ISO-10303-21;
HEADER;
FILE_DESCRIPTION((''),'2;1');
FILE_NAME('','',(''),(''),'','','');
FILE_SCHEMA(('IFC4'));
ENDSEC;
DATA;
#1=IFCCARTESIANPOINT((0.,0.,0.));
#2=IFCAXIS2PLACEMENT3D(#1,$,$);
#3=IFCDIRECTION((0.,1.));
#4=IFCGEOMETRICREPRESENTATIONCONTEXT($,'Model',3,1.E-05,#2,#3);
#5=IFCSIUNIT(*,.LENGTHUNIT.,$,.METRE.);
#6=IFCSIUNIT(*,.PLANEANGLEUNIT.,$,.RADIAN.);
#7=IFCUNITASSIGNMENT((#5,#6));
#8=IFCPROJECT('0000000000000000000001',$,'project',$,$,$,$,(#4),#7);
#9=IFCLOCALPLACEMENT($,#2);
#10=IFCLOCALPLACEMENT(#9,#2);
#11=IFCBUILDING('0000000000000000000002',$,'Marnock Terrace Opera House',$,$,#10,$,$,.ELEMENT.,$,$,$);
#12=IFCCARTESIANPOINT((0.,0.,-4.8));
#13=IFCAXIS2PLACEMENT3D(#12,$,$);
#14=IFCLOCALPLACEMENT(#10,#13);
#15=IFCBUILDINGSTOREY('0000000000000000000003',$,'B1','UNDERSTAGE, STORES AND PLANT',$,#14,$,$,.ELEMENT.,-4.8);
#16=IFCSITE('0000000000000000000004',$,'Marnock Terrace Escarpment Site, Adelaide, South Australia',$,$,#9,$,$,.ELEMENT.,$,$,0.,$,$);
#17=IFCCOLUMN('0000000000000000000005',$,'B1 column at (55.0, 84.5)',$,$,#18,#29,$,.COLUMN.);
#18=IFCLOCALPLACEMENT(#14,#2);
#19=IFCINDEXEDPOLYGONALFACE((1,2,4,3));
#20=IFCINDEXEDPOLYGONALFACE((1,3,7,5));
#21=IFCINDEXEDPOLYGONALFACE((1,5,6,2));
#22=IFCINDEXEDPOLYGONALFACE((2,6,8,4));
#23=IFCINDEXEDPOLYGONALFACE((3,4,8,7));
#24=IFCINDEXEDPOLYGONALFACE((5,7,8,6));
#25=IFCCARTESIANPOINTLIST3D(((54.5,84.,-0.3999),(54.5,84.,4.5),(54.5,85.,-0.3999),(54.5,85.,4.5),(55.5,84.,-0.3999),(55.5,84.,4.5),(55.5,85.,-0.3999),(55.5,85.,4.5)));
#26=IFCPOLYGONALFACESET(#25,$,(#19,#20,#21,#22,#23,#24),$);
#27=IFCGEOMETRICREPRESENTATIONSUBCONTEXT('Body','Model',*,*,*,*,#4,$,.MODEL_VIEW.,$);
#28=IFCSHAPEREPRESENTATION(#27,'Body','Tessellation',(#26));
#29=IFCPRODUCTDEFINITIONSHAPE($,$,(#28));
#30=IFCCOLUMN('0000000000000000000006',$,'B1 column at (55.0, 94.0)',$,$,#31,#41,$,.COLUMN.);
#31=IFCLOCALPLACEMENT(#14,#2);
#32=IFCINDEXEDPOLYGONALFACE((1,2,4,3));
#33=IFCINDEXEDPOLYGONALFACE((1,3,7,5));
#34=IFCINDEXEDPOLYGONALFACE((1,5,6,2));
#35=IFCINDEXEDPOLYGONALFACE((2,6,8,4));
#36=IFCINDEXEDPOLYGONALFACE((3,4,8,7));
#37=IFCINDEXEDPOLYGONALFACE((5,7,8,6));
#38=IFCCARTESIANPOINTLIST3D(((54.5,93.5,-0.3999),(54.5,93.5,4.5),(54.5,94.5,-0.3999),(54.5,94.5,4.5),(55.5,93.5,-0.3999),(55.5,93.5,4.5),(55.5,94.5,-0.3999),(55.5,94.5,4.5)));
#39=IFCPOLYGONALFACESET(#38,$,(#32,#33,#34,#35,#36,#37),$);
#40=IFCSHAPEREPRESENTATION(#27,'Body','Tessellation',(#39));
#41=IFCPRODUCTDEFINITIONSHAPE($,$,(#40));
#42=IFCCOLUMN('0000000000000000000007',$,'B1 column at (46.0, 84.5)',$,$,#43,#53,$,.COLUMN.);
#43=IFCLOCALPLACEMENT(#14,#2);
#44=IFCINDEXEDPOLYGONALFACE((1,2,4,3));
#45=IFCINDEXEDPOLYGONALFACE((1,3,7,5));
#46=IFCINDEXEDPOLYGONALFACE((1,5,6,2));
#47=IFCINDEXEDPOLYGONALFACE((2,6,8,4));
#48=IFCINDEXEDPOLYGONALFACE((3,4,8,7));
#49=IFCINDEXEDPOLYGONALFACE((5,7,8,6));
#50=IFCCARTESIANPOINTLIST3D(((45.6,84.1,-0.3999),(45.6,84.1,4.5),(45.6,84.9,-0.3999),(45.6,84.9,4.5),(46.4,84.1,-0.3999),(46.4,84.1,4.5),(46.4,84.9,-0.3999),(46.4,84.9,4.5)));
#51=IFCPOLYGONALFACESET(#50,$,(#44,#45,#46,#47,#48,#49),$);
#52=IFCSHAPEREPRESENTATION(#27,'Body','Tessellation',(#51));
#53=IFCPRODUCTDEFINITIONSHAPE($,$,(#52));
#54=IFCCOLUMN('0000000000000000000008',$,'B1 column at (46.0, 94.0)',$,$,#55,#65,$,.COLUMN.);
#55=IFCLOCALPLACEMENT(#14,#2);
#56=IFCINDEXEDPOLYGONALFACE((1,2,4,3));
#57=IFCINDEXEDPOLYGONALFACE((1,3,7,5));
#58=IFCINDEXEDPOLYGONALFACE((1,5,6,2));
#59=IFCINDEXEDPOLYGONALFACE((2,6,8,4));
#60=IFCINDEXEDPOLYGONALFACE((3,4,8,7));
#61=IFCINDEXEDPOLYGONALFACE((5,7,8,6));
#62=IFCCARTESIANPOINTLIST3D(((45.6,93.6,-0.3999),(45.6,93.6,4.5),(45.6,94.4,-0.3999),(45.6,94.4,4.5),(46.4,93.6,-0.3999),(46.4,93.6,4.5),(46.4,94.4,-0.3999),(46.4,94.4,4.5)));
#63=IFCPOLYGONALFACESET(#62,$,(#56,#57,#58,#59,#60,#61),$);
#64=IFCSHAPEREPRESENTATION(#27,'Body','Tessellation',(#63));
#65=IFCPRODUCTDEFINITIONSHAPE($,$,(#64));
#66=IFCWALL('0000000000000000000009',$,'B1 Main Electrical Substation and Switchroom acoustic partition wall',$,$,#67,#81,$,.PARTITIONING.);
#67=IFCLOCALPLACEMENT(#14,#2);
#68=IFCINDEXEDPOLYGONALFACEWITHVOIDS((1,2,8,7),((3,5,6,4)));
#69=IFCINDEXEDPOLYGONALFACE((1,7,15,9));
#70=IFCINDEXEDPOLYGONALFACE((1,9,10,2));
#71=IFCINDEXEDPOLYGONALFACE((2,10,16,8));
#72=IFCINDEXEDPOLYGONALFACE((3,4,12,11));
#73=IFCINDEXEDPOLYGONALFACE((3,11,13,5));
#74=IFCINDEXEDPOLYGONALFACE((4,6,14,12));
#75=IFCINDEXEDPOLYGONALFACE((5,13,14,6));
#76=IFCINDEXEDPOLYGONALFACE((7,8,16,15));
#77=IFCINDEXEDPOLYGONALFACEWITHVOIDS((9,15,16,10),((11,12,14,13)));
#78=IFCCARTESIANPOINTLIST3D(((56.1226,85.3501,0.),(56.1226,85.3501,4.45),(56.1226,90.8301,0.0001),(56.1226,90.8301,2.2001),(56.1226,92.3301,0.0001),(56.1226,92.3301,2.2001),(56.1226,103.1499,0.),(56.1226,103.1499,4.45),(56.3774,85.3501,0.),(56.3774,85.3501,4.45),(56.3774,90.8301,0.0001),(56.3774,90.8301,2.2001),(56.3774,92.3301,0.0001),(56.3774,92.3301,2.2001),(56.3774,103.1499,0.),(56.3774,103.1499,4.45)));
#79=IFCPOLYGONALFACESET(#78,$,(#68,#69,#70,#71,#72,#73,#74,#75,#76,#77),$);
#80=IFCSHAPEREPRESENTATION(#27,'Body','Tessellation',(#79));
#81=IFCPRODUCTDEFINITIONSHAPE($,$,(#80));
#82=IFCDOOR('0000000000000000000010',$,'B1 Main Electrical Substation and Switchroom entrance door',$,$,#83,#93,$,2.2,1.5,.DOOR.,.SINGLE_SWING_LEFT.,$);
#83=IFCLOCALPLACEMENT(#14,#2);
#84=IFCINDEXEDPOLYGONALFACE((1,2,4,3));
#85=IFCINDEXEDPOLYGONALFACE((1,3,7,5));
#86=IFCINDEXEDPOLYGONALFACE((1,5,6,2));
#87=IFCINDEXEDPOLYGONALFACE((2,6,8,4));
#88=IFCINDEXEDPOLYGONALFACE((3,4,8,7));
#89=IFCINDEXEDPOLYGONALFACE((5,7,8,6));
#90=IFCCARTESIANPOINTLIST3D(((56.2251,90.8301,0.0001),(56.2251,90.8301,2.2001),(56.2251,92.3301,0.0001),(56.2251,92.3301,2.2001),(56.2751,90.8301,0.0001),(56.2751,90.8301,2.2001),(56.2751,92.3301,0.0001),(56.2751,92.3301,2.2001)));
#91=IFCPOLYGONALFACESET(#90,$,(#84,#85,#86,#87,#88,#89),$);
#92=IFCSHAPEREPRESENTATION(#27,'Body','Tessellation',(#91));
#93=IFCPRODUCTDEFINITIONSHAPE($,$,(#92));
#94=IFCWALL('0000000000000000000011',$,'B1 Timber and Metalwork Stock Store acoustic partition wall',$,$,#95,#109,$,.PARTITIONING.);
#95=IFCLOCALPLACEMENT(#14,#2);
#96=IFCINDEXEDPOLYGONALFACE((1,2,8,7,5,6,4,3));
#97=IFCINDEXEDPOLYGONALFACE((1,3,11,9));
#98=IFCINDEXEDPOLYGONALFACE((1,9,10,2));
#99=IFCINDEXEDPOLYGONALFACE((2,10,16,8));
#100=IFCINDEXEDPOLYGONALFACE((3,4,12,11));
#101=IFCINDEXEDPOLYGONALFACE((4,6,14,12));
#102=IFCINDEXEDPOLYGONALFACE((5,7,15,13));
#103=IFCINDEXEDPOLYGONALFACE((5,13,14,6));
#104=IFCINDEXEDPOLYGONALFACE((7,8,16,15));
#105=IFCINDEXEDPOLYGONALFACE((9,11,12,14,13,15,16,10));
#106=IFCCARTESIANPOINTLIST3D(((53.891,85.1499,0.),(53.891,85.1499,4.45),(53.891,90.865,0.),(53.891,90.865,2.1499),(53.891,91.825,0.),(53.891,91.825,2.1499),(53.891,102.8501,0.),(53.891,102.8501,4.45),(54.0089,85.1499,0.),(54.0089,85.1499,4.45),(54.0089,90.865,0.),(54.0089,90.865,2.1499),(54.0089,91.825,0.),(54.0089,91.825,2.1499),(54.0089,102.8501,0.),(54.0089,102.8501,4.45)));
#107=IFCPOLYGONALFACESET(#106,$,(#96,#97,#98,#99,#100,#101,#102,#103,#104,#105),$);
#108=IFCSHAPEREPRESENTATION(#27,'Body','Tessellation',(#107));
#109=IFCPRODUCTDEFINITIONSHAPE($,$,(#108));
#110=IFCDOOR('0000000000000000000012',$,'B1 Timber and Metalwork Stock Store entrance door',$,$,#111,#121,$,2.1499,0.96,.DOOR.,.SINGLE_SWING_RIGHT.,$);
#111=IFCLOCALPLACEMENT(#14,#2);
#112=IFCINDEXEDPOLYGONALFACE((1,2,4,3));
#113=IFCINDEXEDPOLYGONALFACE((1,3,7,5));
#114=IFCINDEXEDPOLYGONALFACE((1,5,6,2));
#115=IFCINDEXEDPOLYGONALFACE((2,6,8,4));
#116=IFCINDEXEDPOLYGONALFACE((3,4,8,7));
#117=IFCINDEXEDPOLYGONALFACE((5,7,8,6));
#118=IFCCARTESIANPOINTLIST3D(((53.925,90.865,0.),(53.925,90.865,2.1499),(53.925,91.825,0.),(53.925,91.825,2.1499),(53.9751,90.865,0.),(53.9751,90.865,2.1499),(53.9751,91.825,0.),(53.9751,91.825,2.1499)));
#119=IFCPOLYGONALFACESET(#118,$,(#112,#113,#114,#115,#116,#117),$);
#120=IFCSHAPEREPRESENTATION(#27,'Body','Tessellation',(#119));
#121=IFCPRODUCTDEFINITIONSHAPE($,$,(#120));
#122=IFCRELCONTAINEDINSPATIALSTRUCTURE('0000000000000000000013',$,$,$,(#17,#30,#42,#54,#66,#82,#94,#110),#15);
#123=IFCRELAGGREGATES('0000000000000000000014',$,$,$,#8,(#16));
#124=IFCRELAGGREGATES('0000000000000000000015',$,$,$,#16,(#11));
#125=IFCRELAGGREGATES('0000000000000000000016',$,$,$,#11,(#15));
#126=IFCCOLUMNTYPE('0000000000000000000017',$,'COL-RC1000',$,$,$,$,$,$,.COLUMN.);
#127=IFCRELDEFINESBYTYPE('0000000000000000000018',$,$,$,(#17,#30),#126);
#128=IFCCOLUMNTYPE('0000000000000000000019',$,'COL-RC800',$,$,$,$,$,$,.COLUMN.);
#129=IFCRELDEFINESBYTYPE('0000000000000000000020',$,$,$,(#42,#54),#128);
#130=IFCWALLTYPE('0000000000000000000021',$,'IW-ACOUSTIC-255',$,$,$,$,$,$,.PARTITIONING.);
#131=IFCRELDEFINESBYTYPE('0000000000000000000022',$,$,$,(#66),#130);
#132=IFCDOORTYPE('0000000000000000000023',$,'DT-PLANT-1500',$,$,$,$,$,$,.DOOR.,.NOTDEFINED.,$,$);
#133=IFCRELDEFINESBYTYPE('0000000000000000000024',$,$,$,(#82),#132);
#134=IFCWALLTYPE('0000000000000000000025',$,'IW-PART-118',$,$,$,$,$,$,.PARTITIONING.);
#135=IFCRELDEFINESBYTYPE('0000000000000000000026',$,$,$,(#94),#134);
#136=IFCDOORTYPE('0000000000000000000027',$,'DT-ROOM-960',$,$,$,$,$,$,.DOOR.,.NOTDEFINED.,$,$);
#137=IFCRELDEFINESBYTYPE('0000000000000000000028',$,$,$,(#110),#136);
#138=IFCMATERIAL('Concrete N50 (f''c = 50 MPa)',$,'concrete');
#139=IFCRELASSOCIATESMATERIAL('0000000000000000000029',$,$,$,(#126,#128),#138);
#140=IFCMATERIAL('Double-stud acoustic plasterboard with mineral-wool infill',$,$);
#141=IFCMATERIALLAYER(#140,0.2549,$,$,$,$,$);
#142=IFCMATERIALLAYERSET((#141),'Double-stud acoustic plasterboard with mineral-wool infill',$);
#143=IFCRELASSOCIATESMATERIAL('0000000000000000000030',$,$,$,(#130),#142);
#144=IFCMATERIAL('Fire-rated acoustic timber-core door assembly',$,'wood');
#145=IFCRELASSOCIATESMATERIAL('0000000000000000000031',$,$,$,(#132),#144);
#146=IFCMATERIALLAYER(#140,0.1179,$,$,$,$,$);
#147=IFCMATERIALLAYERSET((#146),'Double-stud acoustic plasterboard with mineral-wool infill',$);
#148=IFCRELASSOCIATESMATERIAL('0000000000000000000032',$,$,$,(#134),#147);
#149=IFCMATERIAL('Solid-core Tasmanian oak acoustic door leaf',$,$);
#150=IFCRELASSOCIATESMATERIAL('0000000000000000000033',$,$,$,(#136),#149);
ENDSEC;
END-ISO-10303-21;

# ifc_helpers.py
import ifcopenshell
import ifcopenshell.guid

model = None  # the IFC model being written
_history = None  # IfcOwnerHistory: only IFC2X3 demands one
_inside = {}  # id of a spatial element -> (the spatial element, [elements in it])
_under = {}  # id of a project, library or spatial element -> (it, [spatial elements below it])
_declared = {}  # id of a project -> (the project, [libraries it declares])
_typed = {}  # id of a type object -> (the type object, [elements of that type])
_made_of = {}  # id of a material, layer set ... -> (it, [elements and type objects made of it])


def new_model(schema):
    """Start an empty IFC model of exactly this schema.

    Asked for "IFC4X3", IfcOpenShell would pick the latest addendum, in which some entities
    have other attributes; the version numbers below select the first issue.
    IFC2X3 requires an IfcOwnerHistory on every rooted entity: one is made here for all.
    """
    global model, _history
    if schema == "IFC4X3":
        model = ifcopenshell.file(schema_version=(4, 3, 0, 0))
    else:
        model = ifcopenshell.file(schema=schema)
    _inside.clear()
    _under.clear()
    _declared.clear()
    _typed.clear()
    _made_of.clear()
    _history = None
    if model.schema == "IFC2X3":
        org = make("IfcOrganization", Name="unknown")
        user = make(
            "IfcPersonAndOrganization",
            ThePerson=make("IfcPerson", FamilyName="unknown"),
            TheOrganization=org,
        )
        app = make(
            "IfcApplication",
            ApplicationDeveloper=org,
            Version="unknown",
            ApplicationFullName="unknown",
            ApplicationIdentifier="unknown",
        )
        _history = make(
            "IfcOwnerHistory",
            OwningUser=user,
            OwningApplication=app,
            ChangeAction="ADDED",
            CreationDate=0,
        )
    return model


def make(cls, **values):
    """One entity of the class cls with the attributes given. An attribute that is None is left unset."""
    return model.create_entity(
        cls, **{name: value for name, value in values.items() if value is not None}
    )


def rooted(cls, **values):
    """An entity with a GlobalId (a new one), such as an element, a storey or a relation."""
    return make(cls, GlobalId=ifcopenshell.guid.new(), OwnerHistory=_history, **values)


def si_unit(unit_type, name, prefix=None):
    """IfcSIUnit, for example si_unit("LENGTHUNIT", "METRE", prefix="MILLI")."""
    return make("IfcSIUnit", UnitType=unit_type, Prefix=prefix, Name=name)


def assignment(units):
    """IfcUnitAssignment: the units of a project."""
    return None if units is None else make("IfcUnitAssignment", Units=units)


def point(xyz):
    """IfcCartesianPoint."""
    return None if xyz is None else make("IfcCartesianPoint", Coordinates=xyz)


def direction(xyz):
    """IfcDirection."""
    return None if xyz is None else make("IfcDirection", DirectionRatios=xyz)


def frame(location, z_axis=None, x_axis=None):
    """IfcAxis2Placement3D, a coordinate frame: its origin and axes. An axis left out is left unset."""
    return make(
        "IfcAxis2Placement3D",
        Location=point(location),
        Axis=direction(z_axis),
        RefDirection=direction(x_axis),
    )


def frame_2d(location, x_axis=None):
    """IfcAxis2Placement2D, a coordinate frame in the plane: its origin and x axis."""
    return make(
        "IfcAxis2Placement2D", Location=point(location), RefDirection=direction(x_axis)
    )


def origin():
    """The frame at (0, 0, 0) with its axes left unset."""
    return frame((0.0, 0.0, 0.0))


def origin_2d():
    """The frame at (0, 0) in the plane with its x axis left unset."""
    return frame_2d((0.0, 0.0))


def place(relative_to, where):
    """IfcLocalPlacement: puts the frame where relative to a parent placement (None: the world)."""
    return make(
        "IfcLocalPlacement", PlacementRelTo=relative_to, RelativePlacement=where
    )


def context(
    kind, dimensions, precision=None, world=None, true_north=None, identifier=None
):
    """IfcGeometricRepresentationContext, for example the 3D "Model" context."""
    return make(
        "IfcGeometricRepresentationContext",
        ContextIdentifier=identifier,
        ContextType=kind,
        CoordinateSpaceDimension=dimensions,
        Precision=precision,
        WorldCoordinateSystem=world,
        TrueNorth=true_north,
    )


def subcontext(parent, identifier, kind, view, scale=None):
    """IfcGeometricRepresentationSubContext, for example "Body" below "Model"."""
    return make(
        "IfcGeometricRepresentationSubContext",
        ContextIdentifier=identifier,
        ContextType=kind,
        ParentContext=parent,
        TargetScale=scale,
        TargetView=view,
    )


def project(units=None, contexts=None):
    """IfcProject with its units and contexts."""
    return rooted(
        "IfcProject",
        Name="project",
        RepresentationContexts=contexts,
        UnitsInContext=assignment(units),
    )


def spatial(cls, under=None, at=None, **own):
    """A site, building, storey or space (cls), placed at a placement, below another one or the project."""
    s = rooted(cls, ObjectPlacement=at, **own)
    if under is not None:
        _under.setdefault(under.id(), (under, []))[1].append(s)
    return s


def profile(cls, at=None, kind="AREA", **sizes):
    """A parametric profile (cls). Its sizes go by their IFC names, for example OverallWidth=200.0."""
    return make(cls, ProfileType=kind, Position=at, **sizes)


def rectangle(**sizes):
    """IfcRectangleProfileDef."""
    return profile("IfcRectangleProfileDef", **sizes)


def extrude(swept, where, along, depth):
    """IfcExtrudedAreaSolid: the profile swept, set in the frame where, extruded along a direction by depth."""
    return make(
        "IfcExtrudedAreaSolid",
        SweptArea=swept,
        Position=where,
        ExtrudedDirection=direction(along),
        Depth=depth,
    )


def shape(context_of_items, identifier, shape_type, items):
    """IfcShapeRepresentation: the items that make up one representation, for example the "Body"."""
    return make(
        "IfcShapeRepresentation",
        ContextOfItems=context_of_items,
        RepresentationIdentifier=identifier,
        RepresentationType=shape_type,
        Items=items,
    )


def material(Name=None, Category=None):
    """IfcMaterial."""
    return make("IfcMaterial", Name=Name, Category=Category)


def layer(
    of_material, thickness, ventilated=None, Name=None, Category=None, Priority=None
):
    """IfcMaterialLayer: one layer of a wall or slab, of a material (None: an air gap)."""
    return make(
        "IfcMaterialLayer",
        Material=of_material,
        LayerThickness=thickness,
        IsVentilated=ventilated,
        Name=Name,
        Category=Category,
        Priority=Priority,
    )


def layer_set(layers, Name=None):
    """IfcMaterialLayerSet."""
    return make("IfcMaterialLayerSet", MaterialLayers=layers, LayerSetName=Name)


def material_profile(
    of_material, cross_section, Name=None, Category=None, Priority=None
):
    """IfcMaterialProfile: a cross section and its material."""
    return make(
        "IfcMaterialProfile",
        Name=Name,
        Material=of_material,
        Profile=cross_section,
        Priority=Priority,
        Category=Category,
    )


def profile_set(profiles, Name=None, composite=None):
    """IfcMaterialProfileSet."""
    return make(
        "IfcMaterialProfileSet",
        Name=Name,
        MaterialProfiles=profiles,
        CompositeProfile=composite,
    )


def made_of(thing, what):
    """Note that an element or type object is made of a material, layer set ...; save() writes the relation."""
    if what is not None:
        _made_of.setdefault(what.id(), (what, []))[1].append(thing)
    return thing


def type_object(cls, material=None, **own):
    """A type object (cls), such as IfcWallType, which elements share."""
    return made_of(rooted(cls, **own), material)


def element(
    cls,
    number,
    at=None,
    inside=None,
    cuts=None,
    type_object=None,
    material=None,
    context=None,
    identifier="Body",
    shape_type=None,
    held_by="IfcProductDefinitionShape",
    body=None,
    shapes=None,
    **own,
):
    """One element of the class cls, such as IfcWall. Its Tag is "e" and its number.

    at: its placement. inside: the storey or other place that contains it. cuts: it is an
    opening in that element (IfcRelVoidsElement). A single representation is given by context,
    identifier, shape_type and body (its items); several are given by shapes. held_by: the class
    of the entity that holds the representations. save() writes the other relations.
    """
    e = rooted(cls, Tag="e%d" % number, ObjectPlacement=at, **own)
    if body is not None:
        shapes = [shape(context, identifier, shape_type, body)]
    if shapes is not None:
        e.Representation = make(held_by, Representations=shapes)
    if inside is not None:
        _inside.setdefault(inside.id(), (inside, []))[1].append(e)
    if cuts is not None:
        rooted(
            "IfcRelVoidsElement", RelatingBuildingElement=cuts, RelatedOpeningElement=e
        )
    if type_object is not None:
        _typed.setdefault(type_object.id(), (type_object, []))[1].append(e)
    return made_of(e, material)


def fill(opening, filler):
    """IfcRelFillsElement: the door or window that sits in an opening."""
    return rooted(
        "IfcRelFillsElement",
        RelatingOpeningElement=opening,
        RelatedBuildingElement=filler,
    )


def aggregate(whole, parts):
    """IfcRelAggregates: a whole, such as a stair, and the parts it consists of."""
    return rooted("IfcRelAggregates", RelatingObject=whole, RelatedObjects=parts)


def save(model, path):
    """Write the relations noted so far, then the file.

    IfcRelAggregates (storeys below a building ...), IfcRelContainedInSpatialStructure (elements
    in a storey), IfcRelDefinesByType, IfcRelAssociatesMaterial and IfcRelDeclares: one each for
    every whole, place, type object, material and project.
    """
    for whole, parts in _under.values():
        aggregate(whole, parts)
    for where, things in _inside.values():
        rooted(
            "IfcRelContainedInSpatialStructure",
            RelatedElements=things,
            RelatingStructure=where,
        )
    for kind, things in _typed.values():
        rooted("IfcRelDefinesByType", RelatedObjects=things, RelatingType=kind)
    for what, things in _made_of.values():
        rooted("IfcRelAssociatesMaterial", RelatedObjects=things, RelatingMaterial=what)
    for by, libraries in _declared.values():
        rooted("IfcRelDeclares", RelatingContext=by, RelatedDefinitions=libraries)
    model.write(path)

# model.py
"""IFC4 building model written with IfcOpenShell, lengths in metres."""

from ifc_helpers import new_model, si_unit, direction, frame, frame_2d, origin, origin_2d, place, context, subcontext, project, spatial, rectangle, extrude, material, layer, layer_set, material_profile, profile_set, type_object, element, fill, save


model = new_model("IFC4")

# Units and contexts
model_context = context("Model", 3, precision=1e-05, world=origin(), true_north=direction((0.0, 1.0)))
body_context = subcontext(model_context, "Body", "Model", "MODEL_VIEW")
ifc_project = project(units=[si_unit("LENGTHUNIT", "METRE"), si_unit("PLANEANGLEUNIT", "RADIAN")], contexts=[model_context])

# Site, building, storey
site_placement = place(None, origin())
site = spatial("IfcSite", under=ifc_project, at=site_placement, Name="Marnock Terrace Escarpment Site, Adelaide, South Australia", CompositionType="ELEMENT", RefElevation=0.0)
building_placement = place(site_placement, origin())
building = spatial("IfcBuilding", under=site, at=building_placement, Name="Marnock Terrace Opera House", CompositionType="ELEMENT")
storey_placement = place(building_placement, frame((0.0, 0.0, -4.8)))
storey = spatial("IfcBuildingStorey", under=building, at=storey_placement, Name="B1", Description="UNDERSTAGE, STORES AND PLANT", CompositionType="ELEMENT", Elevation=-4.8)

# Columns
ifc_material_1 = material(Name="Concrete N50 (f'c = 50 MPa)", Category="concrete")
ifc_material_profile_1 = material_profile(ifc_material_1, rectangle(XDim=1.0, YDim=1.0, at=origin_2d()))
ifc_profile_set_1 = profile_set([ifc_material_profile_1], Name="Concrete N50 (f'c = 50 MPa)")
column_type_1 = type_object("IfcColumnType", Name="COL-RC1000", PredefinedType="COLUMN", material=ifc_profile_set_1)
for number, where, z_axis, x_axis, name in (
    (1, (55.0, 84.5, -0.3999), (0.0, 0.0, 1.0), (1.0, 0.0, 0.0), "B1 column at (55.0, 84.5)"),
    (2, (55.0, 94.0, -0.3999), (0.0, 0.0, 1.0), (1.0, 0.0, 0.0), "B1 column at (55.0, 94.0)"),
):
    element("IfcColumn", number, at=place(storey_placement, frame(where, z_axis=z_axis, x_axis=x_axis)), inside=storey, type_object=column_type_1, Name=name, PredefinedType="COLUMN", context=body_context, shape_type="SweptSolid", body=[
        extrude(rectangle(XDim=1.0, YDim=1.0, at=origin_2d()), origin(), (0.0, 0.0, 1.0), 4.8999),
    ])
ifc_material_profile_2 = material_profile(ifc_material_1, rectangle(XDim=0.8, YDim=0.8, at=origin_2d()))
ifc_profile_set_2 = profile_set([ifc_material_profile_2], Name="Concrete N50 (f'c = 50 MPa)")
column_type_2 = type_object("IfcColumnType", Name="COL-RC800", PredefinedType="COLUMN", material=ifc_profile_set_2)
for number, where, z_axis, x_axis, name in (
    (3, (46.0, 84.5, -0.3999), (0.0, 0.0, 1.0), (1.0, 0.0, 0.0), "B1 column at (46.0, 84.5)"),
    (4, (46.0, 94.0, -0.3999), (0.0, 0.0, 1.0), (1.0, 0.0, 0.0), "B1 column at (46.0, 94.0)"),
):
    element("IfcColumn", number, at=place(storey_placement, frame(where, z_axis=z_axis, x_axis=x_axis)), inside=storey, type_object=column_type_2, Name=name, PredefinedType="COLUMN", context=body_context, shape_type="SweptSolid", body=[
        extrude(rectangle(XDim=0.8, YDim=0.8, at=origin_2d()), origin(), (0.0, 0.0, 1.0), 4.8999),
    ])

# Walls, openings, doors
ifc_material_2 = material(Name="Double-stud acoustic plasterboard with mineral-wool infill")
ifc_layer_1 = layer(ifc_material_2, 0.2549)
ifc_layer_set_1 = layer_set([ifc_layer_1], Name="Double-stud acoustic plasterboard with mineral-wool infill")
wall_type_1 = type_object("IfcWallType", Name="IW-ACOUSTIC-255", PredefinedType="PARTITIONING", material=ifc_layer_set_1)
wall_1_placement = place(storey_placement, frame((56.25, 85.3501, 0.0), z_axis=(0.0, 0.0, 1.0), x_axis=(0.0, 1.0, 0.0)))
wall_1 = element("IfcWall", 5, at=wall_1_placement, inside=storey, type_object=wall_type_1, Name="B1 Main Electrical Substation and Switchroom acoustic partition wall", PredefinedType="PARTITIONING", context=body_context, shape_type="SweptSolid", body=[
    extrude(rectangle(XDim=17.7998, YDim=0.2549, at=frame_2d((8.8999, 0.0))), origin(), (0.0, 0.0, 1.0), 4.45),
])
opening_1_placement = place(wall_1_placement, frame((5.48, 0.0, 0.0)))
opening_1 = element("IfcOpeningElement", 6, at=opening_1_placement, cuts=wall_1, PredefinedType="OPENING", context=body_context, shape_type="SweptSolid", body=[
    extrude(rectangle(XDim=1.5, YDim=2.2, at=frame_2d((0.75, 1.1001))), frame((0.0, 0.1375, 0.0), z_axis=(0.0, -1.0, 0.0), x_axis=(1.0, 0.0, 0.0)), (0.0, 0.0, 1.0), 0.2749),
])
ifc_material_3 = material(Name="Fire-rated acoustic timber-core door assembly", Category="wood")
door_type_1 = type_object("IfcDoorType", Name="DT-PLANT-1500", OperationType="NOTDEFINED", PredefinedType="DOOR", material=ifc_material_3)
door_1_placement = place(opening_1_placement, origin())
door_1 = element("IfcDoor", 7, at=door_1_placement, inside=storey, type_object=door_type_1, Name="B1 Main Electrical Substation and Switchroom entrance door", OperationType="SINGLE_SWING_LEFT", OverallHeight=2.2, OverallWidth=1.5, PredefinedType="DOOR", context=body_context, shape_type="SweptSolid", body=[
    extrude(rectangle(XDim=1.5, YDim=2.2, at=frame_2d((0.75, 1.1001))), frame((0.0, 0.0249, 0.0), z_axis=(0.0, -1.0, 0.0), x_axis=(1.0, 0.0, 0.0)), (0.0, 0.0, 1.0), 0.05),
])
fill(opening_1, door_1)
ifc_layer_2 = layer(ifc_material_2, 0.1179)
ifc_layer_set_2 = layer_set([ifc_layer_2], Name="Double-stud acoustic plasterboard with mineral-wool infill")
wall_type_2 = type_object("IfcWallType", Name="IW-PART-118", PredefinedType="PARTITIONING", material=ifc_layer_set_2)
wall_2_placement = place(storey_placement, frame((53.95, 85.1499, 0.0), z_axis=(0.0, 0.0, 1.0), x_axis=(0.0, 1.0, 0.0)))
wall_2 = element("IfcWall", 8, at=wall_2_placement, inside=storey, type_object=wall_type_2, Name="B1 Timber and Metalwork Stock Store acoustic partition wall", PredefinedType="PARTITIONING", context=body_context, shape_type="SweptSolid", body=[
    extrude(rectangle(XDim=17.7002, YDim=0.1179, at=frame_2d((8.8501, 0.0))), origin(), (0.0, 0.0, 1.0), 4.45),
])
opening_2_placement = place(wall_2_placement, frame((5.7151, 0.0, 0.0)))
opening_2 = element("IfcOpeningElement", 9, at=opening_2_placement, cuts=wall_2, PredefinedType="OPENING", context=body_context, shape_type="SweptSolid", body=[
    extrude(rectangle(XDim=0.96, YDim=2.1499, at=frame_2d((0.48, 1.075))), frame((0.0, 0.0688, 0.0), z_axis=(0.0, -1.0, 0.0), x_axis=(1.0, 0.0, 0.0)), (0.0, 0.0, 1.0), 0.1379),
])
ifc_material_4 = material(Name="Solid-core Tasmanian oak acoustic door leaf")
door_type_2 = type_object("IfcDoorType", Name="DT-ROOM-960", OperationType="NOTDEFINED", PredefinedType="DOOR", material=ifc_material_4)
door_2_placement = place(opening_2_placement, origin())
door_2 = element("IfcDoor", 10, at=door_2_placement, inside=storey, type_object=door_type_2, Name="B1 Timber and Metalwork Stock Store entrance door", OperationType="SINGLE_SWING_RIGHT", OverallHeight=2.1499, OverallWidth=0.96, PredefinedType="DOOR", context=body_context, shape_type="SweptSolid", body=[
    extrude(rectangle(XDim=0.96, YDim=2.1499, at=frame_2d((0.48, 1.075))), frame((0.0, 0.0249, 0.0), z_axis=(0.0, -1.0, 0.0), x_axis=(1.0, 0.0, 0.0)), (0.0, 0.0, 1.0), 0.05),
])
fill(opening_2, door_2)

save(model, "model.ifc")
